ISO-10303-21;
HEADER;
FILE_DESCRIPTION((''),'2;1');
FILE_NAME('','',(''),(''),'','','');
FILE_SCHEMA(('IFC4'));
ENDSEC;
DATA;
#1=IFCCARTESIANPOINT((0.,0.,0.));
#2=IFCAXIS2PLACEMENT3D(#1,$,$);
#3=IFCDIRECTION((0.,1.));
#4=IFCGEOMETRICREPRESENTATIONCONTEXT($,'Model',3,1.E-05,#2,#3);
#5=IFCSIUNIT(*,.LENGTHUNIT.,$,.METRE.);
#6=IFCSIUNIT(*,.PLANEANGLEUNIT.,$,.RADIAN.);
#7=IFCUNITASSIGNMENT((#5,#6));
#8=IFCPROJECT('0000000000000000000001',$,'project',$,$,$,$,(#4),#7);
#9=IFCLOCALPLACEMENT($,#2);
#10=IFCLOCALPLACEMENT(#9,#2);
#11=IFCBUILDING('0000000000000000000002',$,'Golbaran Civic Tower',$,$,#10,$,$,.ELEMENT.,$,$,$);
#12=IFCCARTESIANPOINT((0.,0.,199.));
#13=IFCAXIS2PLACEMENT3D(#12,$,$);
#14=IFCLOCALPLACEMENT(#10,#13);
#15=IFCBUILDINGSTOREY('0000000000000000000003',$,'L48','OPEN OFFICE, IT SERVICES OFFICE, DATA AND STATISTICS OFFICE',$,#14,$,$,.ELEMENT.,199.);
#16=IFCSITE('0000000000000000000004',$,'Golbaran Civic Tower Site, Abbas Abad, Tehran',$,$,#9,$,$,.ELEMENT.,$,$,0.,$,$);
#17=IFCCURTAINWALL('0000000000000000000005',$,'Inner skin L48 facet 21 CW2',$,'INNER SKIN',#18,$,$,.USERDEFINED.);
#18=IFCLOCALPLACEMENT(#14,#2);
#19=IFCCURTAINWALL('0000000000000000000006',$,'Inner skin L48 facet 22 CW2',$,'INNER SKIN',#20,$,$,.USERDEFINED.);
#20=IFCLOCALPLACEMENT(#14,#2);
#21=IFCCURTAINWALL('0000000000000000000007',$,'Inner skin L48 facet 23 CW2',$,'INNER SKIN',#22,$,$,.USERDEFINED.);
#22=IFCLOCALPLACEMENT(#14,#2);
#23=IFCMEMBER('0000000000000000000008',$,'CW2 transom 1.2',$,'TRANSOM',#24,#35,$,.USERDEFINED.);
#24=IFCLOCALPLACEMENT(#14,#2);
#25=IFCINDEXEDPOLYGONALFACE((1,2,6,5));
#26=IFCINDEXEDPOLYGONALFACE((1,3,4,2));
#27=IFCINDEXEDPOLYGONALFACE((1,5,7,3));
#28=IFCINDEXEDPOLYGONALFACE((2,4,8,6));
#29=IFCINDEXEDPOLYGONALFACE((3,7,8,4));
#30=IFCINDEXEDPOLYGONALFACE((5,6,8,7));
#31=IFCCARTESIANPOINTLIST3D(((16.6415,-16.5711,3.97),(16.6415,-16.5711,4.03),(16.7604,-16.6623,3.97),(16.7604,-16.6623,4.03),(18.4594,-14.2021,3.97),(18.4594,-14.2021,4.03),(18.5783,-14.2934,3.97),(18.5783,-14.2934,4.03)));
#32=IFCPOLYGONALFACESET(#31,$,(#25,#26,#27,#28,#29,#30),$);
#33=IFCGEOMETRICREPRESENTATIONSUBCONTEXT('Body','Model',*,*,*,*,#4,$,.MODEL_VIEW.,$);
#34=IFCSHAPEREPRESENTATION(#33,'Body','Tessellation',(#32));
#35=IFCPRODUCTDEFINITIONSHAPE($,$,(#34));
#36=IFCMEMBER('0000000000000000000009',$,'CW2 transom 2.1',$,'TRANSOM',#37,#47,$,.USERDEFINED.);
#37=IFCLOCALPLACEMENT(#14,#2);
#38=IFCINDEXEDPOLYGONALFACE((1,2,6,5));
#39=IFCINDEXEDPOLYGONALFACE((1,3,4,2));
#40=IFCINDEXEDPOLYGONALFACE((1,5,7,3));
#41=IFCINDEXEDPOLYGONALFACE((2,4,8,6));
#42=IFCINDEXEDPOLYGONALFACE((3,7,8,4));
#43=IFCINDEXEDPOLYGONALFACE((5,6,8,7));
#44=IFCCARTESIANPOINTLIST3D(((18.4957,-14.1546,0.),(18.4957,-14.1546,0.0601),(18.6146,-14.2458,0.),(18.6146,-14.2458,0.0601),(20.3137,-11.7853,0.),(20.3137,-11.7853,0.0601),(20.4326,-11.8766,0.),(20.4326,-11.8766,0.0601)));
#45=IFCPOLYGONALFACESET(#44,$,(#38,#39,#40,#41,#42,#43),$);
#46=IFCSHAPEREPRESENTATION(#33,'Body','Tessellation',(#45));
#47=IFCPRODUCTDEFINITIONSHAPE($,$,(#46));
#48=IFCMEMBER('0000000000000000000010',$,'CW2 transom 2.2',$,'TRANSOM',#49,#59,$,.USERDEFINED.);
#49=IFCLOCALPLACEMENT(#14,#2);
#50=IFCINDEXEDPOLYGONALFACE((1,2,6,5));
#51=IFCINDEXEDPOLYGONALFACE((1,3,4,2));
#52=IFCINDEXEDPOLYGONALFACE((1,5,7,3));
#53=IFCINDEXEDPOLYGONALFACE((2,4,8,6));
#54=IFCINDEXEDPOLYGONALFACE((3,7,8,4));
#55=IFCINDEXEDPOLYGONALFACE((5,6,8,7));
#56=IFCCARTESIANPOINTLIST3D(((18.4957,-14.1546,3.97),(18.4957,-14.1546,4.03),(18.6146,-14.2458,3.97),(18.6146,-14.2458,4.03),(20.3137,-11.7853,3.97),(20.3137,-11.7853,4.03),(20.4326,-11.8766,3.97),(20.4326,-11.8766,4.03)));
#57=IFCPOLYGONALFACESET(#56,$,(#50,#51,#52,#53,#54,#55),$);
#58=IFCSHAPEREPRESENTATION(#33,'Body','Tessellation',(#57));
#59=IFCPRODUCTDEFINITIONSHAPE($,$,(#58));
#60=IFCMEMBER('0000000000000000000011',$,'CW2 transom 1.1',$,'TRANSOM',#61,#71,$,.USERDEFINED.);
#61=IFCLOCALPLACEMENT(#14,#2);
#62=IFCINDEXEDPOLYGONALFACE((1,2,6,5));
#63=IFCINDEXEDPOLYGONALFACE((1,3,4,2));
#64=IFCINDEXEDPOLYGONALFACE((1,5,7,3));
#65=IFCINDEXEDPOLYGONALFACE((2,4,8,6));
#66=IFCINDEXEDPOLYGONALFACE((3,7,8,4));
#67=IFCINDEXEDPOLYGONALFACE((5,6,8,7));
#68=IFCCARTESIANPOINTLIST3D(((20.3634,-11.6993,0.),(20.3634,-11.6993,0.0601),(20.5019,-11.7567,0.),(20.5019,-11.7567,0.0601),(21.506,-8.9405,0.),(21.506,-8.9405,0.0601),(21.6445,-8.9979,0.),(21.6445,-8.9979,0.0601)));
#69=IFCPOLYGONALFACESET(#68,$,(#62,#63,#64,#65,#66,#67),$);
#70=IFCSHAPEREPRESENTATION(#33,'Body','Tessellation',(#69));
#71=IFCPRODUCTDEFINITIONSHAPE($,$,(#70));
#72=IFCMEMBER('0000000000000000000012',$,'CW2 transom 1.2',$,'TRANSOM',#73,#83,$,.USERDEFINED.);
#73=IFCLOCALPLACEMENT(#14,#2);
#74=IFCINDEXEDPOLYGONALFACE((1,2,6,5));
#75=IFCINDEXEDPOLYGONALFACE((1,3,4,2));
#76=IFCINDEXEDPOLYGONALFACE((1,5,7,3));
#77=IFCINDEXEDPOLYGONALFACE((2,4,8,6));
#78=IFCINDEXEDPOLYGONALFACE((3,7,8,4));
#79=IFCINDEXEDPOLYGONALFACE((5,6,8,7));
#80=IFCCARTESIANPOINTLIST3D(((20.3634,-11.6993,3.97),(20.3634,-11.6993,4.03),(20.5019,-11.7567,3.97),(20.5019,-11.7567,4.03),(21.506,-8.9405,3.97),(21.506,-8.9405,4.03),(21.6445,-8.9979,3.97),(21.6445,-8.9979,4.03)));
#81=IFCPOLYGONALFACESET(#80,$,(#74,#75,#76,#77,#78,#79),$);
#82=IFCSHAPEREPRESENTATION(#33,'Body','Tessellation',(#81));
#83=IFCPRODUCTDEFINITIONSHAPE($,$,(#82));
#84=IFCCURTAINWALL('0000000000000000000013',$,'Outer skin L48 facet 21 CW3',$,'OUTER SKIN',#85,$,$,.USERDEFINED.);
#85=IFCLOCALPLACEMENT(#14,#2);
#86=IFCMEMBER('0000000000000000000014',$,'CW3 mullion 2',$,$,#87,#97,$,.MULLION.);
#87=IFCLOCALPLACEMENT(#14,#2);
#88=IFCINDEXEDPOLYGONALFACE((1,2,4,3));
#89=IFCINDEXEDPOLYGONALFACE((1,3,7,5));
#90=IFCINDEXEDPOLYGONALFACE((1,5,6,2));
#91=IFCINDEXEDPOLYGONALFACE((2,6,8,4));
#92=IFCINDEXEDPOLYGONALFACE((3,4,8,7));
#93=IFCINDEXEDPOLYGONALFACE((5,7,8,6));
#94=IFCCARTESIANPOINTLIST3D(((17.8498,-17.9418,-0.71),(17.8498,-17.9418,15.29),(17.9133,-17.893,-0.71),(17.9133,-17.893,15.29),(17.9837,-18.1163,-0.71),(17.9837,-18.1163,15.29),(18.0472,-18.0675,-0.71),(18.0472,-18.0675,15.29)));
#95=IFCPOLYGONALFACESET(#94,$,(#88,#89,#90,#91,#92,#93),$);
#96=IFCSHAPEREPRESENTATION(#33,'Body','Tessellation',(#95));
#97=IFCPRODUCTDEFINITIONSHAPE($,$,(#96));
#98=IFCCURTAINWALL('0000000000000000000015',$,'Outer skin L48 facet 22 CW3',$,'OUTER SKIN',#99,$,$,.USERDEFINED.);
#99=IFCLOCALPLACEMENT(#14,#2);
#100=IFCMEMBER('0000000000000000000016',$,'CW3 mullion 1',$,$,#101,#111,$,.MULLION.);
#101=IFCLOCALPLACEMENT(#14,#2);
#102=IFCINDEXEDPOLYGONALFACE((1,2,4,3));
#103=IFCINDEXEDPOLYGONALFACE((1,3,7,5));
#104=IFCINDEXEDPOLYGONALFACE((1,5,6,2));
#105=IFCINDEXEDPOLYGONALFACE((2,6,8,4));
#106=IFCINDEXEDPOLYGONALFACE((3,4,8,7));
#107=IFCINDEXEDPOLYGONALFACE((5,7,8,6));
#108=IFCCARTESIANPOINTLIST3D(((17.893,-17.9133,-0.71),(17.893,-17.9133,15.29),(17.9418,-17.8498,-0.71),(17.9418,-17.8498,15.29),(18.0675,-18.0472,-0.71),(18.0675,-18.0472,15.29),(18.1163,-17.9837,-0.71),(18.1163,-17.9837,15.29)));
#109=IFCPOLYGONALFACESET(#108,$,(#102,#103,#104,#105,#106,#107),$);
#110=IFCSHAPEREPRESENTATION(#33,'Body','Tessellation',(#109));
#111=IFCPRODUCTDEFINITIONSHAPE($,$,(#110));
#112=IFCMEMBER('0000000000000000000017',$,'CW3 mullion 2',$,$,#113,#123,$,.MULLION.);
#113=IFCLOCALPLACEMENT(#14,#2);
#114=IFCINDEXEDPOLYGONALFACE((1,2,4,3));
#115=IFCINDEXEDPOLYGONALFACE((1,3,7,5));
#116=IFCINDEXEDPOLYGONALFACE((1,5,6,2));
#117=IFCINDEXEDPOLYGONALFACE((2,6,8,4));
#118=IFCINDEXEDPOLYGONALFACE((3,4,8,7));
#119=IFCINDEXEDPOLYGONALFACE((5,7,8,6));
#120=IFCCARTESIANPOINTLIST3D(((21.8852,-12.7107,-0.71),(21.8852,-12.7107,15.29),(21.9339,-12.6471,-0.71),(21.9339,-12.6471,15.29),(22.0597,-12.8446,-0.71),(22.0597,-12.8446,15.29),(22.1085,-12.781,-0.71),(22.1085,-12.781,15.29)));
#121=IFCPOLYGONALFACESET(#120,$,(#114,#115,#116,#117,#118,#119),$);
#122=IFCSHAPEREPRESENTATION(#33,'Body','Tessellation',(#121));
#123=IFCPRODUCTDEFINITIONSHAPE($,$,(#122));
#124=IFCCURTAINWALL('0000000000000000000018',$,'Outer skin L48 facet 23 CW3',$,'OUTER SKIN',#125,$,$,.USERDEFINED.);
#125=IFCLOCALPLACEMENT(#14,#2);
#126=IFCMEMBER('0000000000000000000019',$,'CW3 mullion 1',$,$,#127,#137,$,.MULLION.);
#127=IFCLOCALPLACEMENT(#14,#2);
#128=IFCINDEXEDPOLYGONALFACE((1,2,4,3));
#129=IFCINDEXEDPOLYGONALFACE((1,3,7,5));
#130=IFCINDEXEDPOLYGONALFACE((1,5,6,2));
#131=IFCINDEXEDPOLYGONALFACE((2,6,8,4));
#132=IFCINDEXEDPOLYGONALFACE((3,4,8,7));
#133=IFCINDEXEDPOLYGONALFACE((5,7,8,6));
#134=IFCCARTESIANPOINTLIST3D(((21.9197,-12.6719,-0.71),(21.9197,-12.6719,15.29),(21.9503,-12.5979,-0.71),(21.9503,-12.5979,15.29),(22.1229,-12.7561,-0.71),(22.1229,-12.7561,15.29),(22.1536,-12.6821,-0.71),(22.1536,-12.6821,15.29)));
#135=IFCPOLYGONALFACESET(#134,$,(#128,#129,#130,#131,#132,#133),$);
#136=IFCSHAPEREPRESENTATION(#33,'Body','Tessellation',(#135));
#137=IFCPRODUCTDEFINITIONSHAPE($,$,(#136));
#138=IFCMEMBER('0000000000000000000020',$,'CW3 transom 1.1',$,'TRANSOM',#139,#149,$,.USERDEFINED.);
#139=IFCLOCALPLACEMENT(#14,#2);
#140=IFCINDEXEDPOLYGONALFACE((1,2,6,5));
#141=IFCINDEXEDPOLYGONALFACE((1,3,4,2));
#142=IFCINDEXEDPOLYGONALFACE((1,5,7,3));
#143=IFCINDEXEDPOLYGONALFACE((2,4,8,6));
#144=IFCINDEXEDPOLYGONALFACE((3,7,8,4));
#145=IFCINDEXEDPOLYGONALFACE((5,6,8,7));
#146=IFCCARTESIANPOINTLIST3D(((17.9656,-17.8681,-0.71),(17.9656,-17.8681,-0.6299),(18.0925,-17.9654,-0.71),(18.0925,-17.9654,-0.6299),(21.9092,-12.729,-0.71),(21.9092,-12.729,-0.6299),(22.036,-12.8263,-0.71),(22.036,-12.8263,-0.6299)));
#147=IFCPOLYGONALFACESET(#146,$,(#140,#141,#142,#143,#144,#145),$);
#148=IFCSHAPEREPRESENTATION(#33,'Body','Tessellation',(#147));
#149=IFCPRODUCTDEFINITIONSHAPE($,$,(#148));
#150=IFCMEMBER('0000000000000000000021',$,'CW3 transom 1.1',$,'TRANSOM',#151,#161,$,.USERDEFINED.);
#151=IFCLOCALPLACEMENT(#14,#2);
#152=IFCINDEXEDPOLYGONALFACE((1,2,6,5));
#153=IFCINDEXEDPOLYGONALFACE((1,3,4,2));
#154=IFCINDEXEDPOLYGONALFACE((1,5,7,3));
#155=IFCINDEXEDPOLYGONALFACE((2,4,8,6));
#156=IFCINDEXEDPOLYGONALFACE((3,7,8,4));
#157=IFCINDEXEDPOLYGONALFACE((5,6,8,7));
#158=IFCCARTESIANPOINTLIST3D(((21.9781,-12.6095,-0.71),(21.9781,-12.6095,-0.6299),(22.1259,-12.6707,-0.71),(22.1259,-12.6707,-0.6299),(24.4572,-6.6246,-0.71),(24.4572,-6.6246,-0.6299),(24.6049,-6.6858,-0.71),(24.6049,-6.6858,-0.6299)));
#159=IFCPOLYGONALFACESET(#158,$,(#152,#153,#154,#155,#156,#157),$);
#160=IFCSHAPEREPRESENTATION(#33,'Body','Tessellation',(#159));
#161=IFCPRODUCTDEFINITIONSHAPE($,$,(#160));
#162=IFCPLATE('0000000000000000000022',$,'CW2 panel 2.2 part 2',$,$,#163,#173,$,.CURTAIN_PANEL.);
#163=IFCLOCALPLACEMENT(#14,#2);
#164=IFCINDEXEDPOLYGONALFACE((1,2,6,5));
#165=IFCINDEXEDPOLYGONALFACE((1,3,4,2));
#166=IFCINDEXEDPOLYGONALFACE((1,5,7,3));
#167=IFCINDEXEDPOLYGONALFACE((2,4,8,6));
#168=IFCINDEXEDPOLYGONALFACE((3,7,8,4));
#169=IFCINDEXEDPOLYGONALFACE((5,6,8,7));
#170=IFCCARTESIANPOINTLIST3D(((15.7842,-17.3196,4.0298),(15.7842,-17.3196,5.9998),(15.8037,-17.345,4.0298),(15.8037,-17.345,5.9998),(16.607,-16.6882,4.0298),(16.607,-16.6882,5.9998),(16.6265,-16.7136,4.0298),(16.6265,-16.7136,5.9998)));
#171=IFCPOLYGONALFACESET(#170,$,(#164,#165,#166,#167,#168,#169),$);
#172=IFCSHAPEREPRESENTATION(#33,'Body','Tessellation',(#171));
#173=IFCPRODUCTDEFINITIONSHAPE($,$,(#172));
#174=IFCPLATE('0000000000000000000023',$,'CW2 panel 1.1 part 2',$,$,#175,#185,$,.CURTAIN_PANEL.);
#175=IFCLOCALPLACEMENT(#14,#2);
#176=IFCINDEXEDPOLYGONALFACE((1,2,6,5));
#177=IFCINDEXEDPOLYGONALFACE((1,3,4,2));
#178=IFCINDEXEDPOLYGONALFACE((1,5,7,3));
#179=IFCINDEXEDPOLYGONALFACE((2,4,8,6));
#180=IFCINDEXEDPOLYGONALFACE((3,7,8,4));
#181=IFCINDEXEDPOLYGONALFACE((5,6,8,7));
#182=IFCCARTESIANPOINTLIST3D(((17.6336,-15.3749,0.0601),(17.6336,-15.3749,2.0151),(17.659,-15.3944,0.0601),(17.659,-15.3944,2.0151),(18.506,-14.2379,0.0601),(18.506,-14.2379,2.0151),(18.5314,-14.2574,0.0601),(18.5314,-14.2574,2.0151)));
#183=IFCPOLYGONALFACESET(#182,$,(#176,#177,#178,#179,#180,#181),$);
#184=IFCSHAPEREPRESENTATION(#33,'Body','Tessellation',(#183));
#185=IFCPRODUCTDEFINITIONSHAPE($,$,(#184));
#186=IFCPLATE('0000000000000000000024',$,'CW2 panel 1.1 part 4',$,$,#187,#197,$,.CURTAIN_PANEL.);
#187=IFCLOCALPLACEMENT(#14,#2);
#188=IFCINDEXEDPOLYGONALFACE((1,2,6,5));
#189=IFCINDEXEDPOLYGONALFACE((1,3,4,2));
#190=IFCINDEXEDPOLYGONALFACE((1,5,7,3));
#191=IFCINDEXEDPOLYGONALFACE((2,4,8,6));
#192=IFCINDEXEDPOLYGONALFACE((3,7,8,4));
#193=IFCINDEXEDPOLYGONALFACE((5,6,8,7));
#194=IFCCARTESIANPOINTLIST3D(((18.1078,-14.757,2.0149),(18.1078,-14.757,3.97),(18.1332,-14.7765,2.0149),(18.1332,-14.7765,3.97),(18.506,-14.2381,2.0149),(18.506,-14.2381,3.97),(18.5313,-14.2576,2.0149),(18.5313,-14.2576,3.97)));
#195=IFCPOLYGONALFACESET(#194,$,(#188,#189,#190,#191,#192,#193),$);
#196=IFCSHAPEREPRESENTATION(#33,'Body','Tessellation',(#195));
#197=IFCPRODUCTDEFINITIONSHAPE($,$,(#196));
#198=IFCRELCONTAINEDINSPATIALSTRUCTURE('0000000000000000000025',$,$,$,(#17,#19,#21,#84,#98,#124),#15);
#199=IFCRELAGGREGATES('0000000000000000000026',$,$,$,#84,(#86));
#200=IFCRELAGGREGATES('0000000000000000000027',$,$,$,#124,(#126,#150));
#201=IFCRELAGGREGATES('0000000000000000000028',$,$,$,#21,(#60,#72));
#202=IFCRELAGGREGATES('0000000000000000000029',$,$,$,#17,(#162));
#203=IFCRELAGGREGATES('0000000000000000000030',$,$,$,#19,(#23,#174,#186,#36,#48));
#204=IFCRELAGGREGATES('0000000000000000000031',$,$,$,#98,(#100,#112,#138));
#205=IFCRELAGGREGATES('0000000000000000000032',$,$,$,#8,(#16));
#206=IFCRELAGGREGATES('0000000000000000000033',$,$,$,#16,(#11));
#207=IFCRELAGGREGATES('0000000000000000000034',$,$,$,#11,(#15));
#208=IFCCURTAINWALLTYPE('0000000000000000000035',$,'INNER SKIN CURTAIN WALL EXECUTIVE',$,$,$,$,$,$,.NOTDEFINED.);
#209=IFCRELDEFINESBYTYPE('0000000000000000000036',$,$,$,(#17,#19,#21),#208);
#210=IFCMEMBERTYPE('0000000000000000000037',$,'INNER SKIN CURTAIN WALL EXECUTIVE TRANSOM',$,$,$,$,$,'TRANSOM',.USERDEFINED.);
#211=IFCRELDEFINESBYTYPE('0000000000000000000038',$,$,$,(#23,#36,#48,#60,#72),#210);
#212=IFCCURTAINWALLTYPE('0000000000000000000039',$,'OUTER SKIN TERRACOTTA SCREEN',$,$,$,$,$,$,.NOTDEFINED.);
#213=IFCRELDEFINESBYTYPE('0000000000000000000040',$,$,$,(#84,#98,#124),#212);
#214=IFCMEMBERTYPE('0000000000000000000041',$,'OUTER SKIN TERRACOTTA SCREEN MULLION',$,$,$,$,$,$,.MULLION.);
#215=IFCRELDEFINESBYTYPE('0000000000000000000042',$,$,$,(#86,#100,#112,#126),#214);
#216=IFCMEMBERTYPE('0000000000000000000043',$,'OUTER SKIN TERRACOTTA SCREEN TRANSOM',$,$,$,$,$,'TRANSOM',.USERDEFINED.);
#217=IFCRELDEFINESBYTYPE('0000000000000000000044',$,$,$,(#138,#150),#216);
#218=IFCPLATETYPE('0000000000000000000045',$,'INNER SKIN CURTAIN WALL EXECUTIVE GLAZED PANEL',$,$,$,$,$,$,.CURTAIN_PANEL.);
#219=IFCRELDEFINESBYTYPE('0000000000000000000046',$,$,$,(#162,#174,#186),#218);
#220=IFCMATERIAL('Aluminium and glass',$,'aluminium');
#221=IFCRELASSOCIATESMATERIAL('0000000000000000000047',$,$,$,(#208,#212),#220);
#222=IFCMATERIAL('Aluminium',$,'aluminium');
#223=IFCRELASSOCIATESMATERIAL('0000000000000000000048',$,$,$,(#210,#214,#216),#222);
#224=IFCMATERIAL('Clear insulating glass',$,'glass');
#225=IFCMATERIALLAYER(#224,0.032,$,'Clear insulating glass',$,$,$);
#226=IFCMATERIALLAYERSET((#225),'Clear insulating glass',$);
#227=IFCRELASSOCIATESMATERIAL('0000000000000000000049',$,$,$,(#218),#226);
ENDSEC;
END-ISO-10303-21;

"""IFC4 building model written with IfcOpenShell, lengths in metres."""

from ifc_helpers import new_model, si_unit, direction, frame, origin, origin_2d, place, context, subcontext, project, spatial, rectangle, extrude, material, layer, layer_set, material_profile, profile_set, type_object, element, aggregate, save


model = new_model("IFC4")

# Units and contexts
model_context = context("Model", 3, precision=1e-05, world=origin(), true_north=direction((0.0, 1.0)))
body_context = subcontext(model_context, "Body", "Model", "MODEL_VIEW")
ifc_project = project(units=[si_unit("LENGTHUNIT", "METRE"), si_unit("PLANEANGLEUNIT", "RADIAN")], contexts=[model_context])

# Site, building, storey
site_placement = place(None, origin())
site = spatial("IfcSite", under=ifc_project, at=site_placement, Name="Golbaran Civic Tower Site, Abbas Abad, Tehran", CompositionType="ELEMENT", RefElevation=0.0)
building_placement = place(site_placement, origin())
building = spatial("IfcBuilding", under=site, at=building_placement, Name="Golbaran Civic Tower", CompositionType="ELEMENT")
storey_placement = place(building_placement, frame((0.0, 0.0, 199.0)))
storey = spatial("IfcBuildingStorey", under=building, at=storey_placement, Name="L48", Description="OPEN OFFICE, IT SERVICES OFFICE, DATA AND STATISTICS OFFICE", CompositionType="ELEMENT", Elevation=199.0)

# Curtain wall
ifc_material_1 = material(Name="Aluminium and glass", Category="aluminium")
curtain_wall_type_1 = type_object("IfcCurtainWallType", Name="INNER SKIN CURTAIN WALL EXECUTIVE", PredefinedType="NOTDEFINED", material=ifc_material_1)
curtain_wall_1_placement = place(storey_placement, origin())
curtain_wall_1 = element("IfcCurtainWall", 1, at=curtain_wall_1_placement, inside=storey, type_object=curtain_wall_type_1, Name="Inner skin L48 facet 21 CW2", ObjectType="INNER SKIN", PredefinedType="USERDEFINED")
ifc_material_2 = material(Name="Aluminium", Category="aluminium")

# Curtain wall
curtain_wall_2_placement = place(storey_placement, origin())
curtain_wall_2 = element("IfcCurtainWall", 2, at=curtain_wall_2_placement, inside=storey, type_object=curtain_wall_type_1, Name="Inner skin L48 facet 22 CW2", ObjectType="INNER SKIN", PredefinedType="USERDEFINED")

# Curtain wall
curtain_wall_3_placement = place(storey_placement, origin())
curtain_wall_3 = element("IfcCurtainWall", 3, at=curtain_wall_3_placement, inside=storey, type_object=curtain_wall_type_1, Name="Inner skin L48 facet 23 CW2", ObjectType="INNER SKIN", PredefinedType="USERDEFINED")

# Members
ifc_material_profile_1 = material_profile(ifc_material_2, rectangle(XDim=0.1499, YDim=0.0601, at=origin_2d()), Name="INNER SKIN CURTAIN WALL EXECUTIVE TRANSOM")
ifc_profile_set_1 = profile_set([ifc_material_profile_1], Name="Aluminium")
member_type_1 = type_object("IfcMemberType", Name="INNER SKIN CURTAIN WALL EXECUTIVE TRANSOM", ElementType="TRANSOM", PredefinedType="USERDEFINED", material=ifc_profile_set_1)
member_1_placement = place(storey_placement, frame((16.7009, -16.6167, 4.0), z_axis=(0.608794, 0.793329, 0.0), x_axis=(-0.793329, 0.608794, 0.0)))
member_1 = element("IfcMember", 4, at=member_1_placement, type_object=member_type_1, Name="CW2 transom 1.2", ObjectType="TRANSOM", PredefinedType="USERDEFINED", context=body_context, shape_type="SweptSolid", body=[
    extrude(rectangle(XDim=0.1499, YDim=0.0601, at=origin_2d()), origin(), (0.0, 0.0, 1.0), 2.9861),
])
member_2_placement = place(storey_placement, frame((18.5552, -14.2002, 0.03), z_axis=(0.608754, 0.793359, 0.0), x_axis=(-0.793359, 0.608754, 0.0)))
member_2 = element("IfcMember", 5, at=member_2_placement, type_object=member_type_1, Name="CW2 transom 2.1", ObjectType="TRANSOM", PredefinedType="USERDEFINED", context=body_context, shape_type="SweptSolid", body=[
    extrude(rectangle(XDim=0.1499, YDim=0.0601, at=origin_2d()), origin(), (0.0, 0.0, 1.0), 2.9863),
])
member_3_placement = place(storey_placement, frame((18.5552, -14.2002, 4.0), z_axis=(0.608754, 0.793359, 0.0), x_axis=(-0.793359, 0.608754, 0.0)))
member_3 = element("IfcMember", 6, at=member_3_placement, type_object=member_type_1, Name="CW2 transom 2.2", ObjectType="TRANSOM", PredefinedType="USERDEFINED", context=body_context, shape_type="SweptSolid", body=[
    extrude(rectangle(XDim=0.1499, YDim=0.0601, at=origin_2d()), origin(), (0.0, 0.0, 1.0), 2.9863),
])
member_4_placement = place(storey_placement, frame((20.4326, -11.728, 0.03), z_axis=(0.382641, 0.923897, 0.0), x_axis=(-0.923897, 0.382641, 0.0)))
member_4 = element("IfcMember", 7, at=member_4_placement, type_object=member_type_1, Name="CW2 transom 1.1", ObjectType="TRANSOM", PredefinedType="USERDEFINED", context=body_context, shape_type="SweptSolid", body=[
    extrude(rectangle(XDim=0.1499, YDim=0.0601, at=origin_2d()), origin(), (0.0, 0.0, 1.0), 2.9861),
])
member_5_placement = place(storey_placement, frame((20.4326, -11.728, 4.0), z_axis=(0.382641, 0.923897, 0.0), x_axis=(-0.923897, 0.382641, 0.0)))
member_5 = element("IfcMember", 8, at=member_5_placement, type_object=member_type_1, Name="CW2 transom 1.2", ObjectType="TRANSOM", PredefinedType="USERDEFINED", context=body_context, shape_type="SweptSolid", body=[
    extrude(rectangle(XDim=0.1499, YDim=0.0601, at=origin_2d()), origin(), (0.0, 0.0, 1.0), 2.9861),
])

# Curtain wall, member
curtain_wall_type_2 = type_object("IfcCurtainWallType", Name="OUTER SKIN TERRACOTTA SCREEN", PredefinedType="NOTDEFINED", material=ifc_material_1)
curtain_wall_4_placement = place(storey_placement, origin())
curtain_wall_4 = element("IfcCurtainWall", 9, at=curtain_wall_4_placement, inside=storey, type_object=curtain_wall_type_2, Name="Outer skin L48 facet 21 CW3", ObjectType="OUTER SKIN", PredefinedType="USERDEFINED")
ifc_material_profile_2 = material_profile(ifc_material_2, rectangle(XDim=0.22, YDim=0.0801, at=origin_2d()), Name="OUTER SKIN TERRACOTTA SCREEN MULLION")
ifc_profile_set_2 = profile_set([ifc_material_profile_2], Name="Aluminium")
member_type_2 = type_object("IfcMemberType", Name="OUTER SKIN TERRACOTTA SCREEN MULLION", PredefinedType="MULLION", material=ifc_profile_set_2)
member_6_placement = place(storey_placement, frame((17.9485, -18.0046, -0.71), z_axis=(0.0, 0.0, 1.0), x_axis=(-0.608761, 0.793353, 0.0)))
member_6 = element("IfcMember", 10, at=member_6_placement, type_object=member_type_2, Name="CW3 mullion 2", PredefinedType="MULLION", context=body_context, shape_type="SweptSolid", body=[
    extrude(rectangle(XDim=0.22, YDim=0.0801, at=origin_2d()), origin(), (0.0, 0.0, 1.0), 16.0),
])
aggregate(curtain_wall_4, [member_6])

# Curtain wall, members
curtain_wall_5_placement = place(storey_placement, origin())
curtain_wall_5 = element("IfcCurtainWall", 11, at=curtain_wall_5_placement, inside=storey, type_object=curtain_wall_type_2, Name="Outer skin L48 facet 22 CW3", ObjectType="OUTER SKIN", PredefinedType="USERDEFINED")
member_7_placement = place(storey_placement, frame((18.0046, -17.9485, -0.71), z_axis=(0.0, 0.0, 1.0), x_axis=(-0.793353, 0.608761, 0.0)))
member_7 = element("IfcMember", 12, at=member_7_placement, type_object=member_type_2, Name="CW3 mullion 1", PredefinedType="MULLION", context=body_context, shape_type="SweptSolid", body=[
    extrude(rectangle(XDim=0.22, YDim=0.0801, at=origin_2d()), origin(), (0.0, 0.0, 1.0), 16.0),
])
member_8_placement = place(storey_placement, frame((21.9968, -12.7458, -0.71), z_axis=(0.0, 0.0, 1.0), x_axis=(-0.793353, 0.608761, 0.0)))
member_8 = element("IfcMember", 13, at=member_8_placement, type_object=member_type_2, Name="CW3 mullion 2", PredefinedType="MULLION", context=body_context, shape_type="SweptSolid", body=[
    extrude(rectangle(XDim=0.22, YDim=0.0801, at=origin_2d()), origin(), (0.0, 0.0, 1.0), 16.0),
])

# Curtain wall, member
curtain_wall_6_placement = place(storey_placement, origin())
curtain_wall_6 = element("IfcCurtainWall", 14, at=curtain_wall_6_placement, inside=storey, type_object=curtain_wall_type_2, Name="Outer skin L48 facet 23 CW3", ObjectType="OUTER SKIN", PredefinedType="USERDEFINED")
member_9_placement = place(storey_placement, frame((22.0366, -12.677, -0.71), z_axis=(0.0, 0.0, 1.0), x_axis=(-0.92388, 0.382683, 0.0)))
member_9 = element("IfcMember", 15, at=member_9_placement, type_object=member_type_2, Name="CW3 mullion 1", PredefinedType="MULLION", context=body_context, shape_type="SweptSolid", body=[
    extrude(rectangle(XDim=0.22, YDim=0.0801, at=origin_2d()), origin(), (0.0, 0.0, 1.0), 16.0),
])

# Members
ifc_material_profile_3 = material_profile(ifc_material_2, rectangle(XDim=0.1599, YDim=0.0801, at=origin_2d()), Name="OUTER SKIN TERRACOTTA SCREEN TRANSOM")
ifc_profile_set_3 = profile_set([ifc_material_profile_3], Name="Aluminium")
member_type_3 = type_object("IfcMemberType", Name="OUTER SKIN TERRACOTTA SCREEN TRANSOM", ElementType="TRANSOM", PredefinedType="USERDEFINED", material=ifc_profile_set_3)
member_10_placement = place(storey_placement, frame((18.0291, -17.9167, -0.6699), z_axis=(0.60878, 0.793339, 0.0), x_axis=(-0.793339, 0.60878, 0.0)))
member_10 = element("IfcMember", 16, at=member_10_placement, type_object=member_type_3, Name="CW3 transom 1.1", ObjectType="TRANSOM", PredefinedType="USERDEFINED", context=body_context, shape_type="SweptSolid", body=[
    extrude(rectangle(XDim=0.1599, YDim=0.0801, at=origin_2d()), origin(), (0.0, 0.0, 1.0), 6.4778),
])
member_11_placement = place(storey_placement, frame((22.052, -12.6401, -0.6699), z_axis=(0.382682, 0.92388, 0.0), x_axis=(-0.92388, 0.382682, 0.0)))
member_11 = element("IfcMember", 17, at=member_11_placement, type_object=member_type_3, Name="CW3 transom 1.1", ObjectType="TRANSOM", PredefinedType="USERDEFINED", context=body_context, shape_type="SweptSolid", body=[
    extrude(rectangle(XDim=0.1599, YDim=0.0801, at=origin_2d()), origin(), (0.0, 0.0, 1.0), 6.478),
])
aggregate(curtain_wall_6, [member_9, member_11])

# Plates
ifc_material_3 = material(Name="Clear insulating glass", Category="glass")
ifc_layer_1 = layer(ifc_material_3, 0.032, Name="Clear insulating glass")
ifc_layer_set_1 = layer_set([ifc_layer_1], Name="Clear insulating glass")
plate_type_1 = type_object("IfcPlateType", Name="INNER SKIN CURTAIN WALL EXECUTIVE GLAZED PANEL", PredefinedType="CURTAIN_PANEL", material=ifc_layer_set_1)
plate_1_placement = place(storey_placement, frame((16.2053, -17.0166, 4.0298), z_axis=(0.0, 0.0, 1.0), x_axis=(0.793353, 0.608761, 0.0)))
plate_1 = element("IfcPlate", 18, at=plate_1_placement, type_object=plate_type_1, Name="CW2 panel 2.2 part 2", PredefinedType="CURTAIN_PANEL", context=body_context, shape_type="SweptSolid", body=[
    extrude(rectangle(XDim=1.0371, YDim=0.032, at=origin_2d()), origin(), (0.0, 0.0, 1.0), 1.97),
])
plate_2_placement = place(storey_placement, frame((18.0825, -14.8162, 0.0601), z_axis=(0.0, 0.0, 1.0), x_axis=(0.608761, 0.793353, 0.0)))
plate_2 = element("IfcPlate", 19, at=plate_2_placement, type_object=plate_type_1, Name="CW2 panel 1.1 part 2", PredefinedType="CURTAIN_PANEL", context=body_context, shape_type="SweptSolid", body=[
    extrude(rectangle(XDim=1.4331, YDim=0.032, at=origin_2d()), origin(), (0.0, 0.0, 1.0), 1.9551),
])
plate_3_placement = place(storey_placement, frame((18.3196, -14.5073, 2.0149), z_axis=(0.0, 0.0, 1.0), x_axis=(0.608761, 0.793353, 0.0)))
plate_3 = element("IfcPlate", 20, at=plate_3_placement, type_object=plate_type_1, Name="CW2 panel 1.1 part 4", PredefinedType="CURTAIN_PANEL", context=body_context, shape_type="SweptSolid", body=[
    extrude(rectangle(XDim=0.6541, YDim=0.032, at=origin_2d()), origin(), (0.0, 0.0, 1.0), 1.9551),
])
aggregate(curtain_wall_3, [member_4, member_5])
aggregate(curtain_wall_1, [plate_1])
aggregate(curtain_wall_2, [member_1, plate_2, plate_3, member_2, member_3])
aggregate(curtain_wall_5, [member_7, member_8, member_10])

save(model, "model.ifc")
